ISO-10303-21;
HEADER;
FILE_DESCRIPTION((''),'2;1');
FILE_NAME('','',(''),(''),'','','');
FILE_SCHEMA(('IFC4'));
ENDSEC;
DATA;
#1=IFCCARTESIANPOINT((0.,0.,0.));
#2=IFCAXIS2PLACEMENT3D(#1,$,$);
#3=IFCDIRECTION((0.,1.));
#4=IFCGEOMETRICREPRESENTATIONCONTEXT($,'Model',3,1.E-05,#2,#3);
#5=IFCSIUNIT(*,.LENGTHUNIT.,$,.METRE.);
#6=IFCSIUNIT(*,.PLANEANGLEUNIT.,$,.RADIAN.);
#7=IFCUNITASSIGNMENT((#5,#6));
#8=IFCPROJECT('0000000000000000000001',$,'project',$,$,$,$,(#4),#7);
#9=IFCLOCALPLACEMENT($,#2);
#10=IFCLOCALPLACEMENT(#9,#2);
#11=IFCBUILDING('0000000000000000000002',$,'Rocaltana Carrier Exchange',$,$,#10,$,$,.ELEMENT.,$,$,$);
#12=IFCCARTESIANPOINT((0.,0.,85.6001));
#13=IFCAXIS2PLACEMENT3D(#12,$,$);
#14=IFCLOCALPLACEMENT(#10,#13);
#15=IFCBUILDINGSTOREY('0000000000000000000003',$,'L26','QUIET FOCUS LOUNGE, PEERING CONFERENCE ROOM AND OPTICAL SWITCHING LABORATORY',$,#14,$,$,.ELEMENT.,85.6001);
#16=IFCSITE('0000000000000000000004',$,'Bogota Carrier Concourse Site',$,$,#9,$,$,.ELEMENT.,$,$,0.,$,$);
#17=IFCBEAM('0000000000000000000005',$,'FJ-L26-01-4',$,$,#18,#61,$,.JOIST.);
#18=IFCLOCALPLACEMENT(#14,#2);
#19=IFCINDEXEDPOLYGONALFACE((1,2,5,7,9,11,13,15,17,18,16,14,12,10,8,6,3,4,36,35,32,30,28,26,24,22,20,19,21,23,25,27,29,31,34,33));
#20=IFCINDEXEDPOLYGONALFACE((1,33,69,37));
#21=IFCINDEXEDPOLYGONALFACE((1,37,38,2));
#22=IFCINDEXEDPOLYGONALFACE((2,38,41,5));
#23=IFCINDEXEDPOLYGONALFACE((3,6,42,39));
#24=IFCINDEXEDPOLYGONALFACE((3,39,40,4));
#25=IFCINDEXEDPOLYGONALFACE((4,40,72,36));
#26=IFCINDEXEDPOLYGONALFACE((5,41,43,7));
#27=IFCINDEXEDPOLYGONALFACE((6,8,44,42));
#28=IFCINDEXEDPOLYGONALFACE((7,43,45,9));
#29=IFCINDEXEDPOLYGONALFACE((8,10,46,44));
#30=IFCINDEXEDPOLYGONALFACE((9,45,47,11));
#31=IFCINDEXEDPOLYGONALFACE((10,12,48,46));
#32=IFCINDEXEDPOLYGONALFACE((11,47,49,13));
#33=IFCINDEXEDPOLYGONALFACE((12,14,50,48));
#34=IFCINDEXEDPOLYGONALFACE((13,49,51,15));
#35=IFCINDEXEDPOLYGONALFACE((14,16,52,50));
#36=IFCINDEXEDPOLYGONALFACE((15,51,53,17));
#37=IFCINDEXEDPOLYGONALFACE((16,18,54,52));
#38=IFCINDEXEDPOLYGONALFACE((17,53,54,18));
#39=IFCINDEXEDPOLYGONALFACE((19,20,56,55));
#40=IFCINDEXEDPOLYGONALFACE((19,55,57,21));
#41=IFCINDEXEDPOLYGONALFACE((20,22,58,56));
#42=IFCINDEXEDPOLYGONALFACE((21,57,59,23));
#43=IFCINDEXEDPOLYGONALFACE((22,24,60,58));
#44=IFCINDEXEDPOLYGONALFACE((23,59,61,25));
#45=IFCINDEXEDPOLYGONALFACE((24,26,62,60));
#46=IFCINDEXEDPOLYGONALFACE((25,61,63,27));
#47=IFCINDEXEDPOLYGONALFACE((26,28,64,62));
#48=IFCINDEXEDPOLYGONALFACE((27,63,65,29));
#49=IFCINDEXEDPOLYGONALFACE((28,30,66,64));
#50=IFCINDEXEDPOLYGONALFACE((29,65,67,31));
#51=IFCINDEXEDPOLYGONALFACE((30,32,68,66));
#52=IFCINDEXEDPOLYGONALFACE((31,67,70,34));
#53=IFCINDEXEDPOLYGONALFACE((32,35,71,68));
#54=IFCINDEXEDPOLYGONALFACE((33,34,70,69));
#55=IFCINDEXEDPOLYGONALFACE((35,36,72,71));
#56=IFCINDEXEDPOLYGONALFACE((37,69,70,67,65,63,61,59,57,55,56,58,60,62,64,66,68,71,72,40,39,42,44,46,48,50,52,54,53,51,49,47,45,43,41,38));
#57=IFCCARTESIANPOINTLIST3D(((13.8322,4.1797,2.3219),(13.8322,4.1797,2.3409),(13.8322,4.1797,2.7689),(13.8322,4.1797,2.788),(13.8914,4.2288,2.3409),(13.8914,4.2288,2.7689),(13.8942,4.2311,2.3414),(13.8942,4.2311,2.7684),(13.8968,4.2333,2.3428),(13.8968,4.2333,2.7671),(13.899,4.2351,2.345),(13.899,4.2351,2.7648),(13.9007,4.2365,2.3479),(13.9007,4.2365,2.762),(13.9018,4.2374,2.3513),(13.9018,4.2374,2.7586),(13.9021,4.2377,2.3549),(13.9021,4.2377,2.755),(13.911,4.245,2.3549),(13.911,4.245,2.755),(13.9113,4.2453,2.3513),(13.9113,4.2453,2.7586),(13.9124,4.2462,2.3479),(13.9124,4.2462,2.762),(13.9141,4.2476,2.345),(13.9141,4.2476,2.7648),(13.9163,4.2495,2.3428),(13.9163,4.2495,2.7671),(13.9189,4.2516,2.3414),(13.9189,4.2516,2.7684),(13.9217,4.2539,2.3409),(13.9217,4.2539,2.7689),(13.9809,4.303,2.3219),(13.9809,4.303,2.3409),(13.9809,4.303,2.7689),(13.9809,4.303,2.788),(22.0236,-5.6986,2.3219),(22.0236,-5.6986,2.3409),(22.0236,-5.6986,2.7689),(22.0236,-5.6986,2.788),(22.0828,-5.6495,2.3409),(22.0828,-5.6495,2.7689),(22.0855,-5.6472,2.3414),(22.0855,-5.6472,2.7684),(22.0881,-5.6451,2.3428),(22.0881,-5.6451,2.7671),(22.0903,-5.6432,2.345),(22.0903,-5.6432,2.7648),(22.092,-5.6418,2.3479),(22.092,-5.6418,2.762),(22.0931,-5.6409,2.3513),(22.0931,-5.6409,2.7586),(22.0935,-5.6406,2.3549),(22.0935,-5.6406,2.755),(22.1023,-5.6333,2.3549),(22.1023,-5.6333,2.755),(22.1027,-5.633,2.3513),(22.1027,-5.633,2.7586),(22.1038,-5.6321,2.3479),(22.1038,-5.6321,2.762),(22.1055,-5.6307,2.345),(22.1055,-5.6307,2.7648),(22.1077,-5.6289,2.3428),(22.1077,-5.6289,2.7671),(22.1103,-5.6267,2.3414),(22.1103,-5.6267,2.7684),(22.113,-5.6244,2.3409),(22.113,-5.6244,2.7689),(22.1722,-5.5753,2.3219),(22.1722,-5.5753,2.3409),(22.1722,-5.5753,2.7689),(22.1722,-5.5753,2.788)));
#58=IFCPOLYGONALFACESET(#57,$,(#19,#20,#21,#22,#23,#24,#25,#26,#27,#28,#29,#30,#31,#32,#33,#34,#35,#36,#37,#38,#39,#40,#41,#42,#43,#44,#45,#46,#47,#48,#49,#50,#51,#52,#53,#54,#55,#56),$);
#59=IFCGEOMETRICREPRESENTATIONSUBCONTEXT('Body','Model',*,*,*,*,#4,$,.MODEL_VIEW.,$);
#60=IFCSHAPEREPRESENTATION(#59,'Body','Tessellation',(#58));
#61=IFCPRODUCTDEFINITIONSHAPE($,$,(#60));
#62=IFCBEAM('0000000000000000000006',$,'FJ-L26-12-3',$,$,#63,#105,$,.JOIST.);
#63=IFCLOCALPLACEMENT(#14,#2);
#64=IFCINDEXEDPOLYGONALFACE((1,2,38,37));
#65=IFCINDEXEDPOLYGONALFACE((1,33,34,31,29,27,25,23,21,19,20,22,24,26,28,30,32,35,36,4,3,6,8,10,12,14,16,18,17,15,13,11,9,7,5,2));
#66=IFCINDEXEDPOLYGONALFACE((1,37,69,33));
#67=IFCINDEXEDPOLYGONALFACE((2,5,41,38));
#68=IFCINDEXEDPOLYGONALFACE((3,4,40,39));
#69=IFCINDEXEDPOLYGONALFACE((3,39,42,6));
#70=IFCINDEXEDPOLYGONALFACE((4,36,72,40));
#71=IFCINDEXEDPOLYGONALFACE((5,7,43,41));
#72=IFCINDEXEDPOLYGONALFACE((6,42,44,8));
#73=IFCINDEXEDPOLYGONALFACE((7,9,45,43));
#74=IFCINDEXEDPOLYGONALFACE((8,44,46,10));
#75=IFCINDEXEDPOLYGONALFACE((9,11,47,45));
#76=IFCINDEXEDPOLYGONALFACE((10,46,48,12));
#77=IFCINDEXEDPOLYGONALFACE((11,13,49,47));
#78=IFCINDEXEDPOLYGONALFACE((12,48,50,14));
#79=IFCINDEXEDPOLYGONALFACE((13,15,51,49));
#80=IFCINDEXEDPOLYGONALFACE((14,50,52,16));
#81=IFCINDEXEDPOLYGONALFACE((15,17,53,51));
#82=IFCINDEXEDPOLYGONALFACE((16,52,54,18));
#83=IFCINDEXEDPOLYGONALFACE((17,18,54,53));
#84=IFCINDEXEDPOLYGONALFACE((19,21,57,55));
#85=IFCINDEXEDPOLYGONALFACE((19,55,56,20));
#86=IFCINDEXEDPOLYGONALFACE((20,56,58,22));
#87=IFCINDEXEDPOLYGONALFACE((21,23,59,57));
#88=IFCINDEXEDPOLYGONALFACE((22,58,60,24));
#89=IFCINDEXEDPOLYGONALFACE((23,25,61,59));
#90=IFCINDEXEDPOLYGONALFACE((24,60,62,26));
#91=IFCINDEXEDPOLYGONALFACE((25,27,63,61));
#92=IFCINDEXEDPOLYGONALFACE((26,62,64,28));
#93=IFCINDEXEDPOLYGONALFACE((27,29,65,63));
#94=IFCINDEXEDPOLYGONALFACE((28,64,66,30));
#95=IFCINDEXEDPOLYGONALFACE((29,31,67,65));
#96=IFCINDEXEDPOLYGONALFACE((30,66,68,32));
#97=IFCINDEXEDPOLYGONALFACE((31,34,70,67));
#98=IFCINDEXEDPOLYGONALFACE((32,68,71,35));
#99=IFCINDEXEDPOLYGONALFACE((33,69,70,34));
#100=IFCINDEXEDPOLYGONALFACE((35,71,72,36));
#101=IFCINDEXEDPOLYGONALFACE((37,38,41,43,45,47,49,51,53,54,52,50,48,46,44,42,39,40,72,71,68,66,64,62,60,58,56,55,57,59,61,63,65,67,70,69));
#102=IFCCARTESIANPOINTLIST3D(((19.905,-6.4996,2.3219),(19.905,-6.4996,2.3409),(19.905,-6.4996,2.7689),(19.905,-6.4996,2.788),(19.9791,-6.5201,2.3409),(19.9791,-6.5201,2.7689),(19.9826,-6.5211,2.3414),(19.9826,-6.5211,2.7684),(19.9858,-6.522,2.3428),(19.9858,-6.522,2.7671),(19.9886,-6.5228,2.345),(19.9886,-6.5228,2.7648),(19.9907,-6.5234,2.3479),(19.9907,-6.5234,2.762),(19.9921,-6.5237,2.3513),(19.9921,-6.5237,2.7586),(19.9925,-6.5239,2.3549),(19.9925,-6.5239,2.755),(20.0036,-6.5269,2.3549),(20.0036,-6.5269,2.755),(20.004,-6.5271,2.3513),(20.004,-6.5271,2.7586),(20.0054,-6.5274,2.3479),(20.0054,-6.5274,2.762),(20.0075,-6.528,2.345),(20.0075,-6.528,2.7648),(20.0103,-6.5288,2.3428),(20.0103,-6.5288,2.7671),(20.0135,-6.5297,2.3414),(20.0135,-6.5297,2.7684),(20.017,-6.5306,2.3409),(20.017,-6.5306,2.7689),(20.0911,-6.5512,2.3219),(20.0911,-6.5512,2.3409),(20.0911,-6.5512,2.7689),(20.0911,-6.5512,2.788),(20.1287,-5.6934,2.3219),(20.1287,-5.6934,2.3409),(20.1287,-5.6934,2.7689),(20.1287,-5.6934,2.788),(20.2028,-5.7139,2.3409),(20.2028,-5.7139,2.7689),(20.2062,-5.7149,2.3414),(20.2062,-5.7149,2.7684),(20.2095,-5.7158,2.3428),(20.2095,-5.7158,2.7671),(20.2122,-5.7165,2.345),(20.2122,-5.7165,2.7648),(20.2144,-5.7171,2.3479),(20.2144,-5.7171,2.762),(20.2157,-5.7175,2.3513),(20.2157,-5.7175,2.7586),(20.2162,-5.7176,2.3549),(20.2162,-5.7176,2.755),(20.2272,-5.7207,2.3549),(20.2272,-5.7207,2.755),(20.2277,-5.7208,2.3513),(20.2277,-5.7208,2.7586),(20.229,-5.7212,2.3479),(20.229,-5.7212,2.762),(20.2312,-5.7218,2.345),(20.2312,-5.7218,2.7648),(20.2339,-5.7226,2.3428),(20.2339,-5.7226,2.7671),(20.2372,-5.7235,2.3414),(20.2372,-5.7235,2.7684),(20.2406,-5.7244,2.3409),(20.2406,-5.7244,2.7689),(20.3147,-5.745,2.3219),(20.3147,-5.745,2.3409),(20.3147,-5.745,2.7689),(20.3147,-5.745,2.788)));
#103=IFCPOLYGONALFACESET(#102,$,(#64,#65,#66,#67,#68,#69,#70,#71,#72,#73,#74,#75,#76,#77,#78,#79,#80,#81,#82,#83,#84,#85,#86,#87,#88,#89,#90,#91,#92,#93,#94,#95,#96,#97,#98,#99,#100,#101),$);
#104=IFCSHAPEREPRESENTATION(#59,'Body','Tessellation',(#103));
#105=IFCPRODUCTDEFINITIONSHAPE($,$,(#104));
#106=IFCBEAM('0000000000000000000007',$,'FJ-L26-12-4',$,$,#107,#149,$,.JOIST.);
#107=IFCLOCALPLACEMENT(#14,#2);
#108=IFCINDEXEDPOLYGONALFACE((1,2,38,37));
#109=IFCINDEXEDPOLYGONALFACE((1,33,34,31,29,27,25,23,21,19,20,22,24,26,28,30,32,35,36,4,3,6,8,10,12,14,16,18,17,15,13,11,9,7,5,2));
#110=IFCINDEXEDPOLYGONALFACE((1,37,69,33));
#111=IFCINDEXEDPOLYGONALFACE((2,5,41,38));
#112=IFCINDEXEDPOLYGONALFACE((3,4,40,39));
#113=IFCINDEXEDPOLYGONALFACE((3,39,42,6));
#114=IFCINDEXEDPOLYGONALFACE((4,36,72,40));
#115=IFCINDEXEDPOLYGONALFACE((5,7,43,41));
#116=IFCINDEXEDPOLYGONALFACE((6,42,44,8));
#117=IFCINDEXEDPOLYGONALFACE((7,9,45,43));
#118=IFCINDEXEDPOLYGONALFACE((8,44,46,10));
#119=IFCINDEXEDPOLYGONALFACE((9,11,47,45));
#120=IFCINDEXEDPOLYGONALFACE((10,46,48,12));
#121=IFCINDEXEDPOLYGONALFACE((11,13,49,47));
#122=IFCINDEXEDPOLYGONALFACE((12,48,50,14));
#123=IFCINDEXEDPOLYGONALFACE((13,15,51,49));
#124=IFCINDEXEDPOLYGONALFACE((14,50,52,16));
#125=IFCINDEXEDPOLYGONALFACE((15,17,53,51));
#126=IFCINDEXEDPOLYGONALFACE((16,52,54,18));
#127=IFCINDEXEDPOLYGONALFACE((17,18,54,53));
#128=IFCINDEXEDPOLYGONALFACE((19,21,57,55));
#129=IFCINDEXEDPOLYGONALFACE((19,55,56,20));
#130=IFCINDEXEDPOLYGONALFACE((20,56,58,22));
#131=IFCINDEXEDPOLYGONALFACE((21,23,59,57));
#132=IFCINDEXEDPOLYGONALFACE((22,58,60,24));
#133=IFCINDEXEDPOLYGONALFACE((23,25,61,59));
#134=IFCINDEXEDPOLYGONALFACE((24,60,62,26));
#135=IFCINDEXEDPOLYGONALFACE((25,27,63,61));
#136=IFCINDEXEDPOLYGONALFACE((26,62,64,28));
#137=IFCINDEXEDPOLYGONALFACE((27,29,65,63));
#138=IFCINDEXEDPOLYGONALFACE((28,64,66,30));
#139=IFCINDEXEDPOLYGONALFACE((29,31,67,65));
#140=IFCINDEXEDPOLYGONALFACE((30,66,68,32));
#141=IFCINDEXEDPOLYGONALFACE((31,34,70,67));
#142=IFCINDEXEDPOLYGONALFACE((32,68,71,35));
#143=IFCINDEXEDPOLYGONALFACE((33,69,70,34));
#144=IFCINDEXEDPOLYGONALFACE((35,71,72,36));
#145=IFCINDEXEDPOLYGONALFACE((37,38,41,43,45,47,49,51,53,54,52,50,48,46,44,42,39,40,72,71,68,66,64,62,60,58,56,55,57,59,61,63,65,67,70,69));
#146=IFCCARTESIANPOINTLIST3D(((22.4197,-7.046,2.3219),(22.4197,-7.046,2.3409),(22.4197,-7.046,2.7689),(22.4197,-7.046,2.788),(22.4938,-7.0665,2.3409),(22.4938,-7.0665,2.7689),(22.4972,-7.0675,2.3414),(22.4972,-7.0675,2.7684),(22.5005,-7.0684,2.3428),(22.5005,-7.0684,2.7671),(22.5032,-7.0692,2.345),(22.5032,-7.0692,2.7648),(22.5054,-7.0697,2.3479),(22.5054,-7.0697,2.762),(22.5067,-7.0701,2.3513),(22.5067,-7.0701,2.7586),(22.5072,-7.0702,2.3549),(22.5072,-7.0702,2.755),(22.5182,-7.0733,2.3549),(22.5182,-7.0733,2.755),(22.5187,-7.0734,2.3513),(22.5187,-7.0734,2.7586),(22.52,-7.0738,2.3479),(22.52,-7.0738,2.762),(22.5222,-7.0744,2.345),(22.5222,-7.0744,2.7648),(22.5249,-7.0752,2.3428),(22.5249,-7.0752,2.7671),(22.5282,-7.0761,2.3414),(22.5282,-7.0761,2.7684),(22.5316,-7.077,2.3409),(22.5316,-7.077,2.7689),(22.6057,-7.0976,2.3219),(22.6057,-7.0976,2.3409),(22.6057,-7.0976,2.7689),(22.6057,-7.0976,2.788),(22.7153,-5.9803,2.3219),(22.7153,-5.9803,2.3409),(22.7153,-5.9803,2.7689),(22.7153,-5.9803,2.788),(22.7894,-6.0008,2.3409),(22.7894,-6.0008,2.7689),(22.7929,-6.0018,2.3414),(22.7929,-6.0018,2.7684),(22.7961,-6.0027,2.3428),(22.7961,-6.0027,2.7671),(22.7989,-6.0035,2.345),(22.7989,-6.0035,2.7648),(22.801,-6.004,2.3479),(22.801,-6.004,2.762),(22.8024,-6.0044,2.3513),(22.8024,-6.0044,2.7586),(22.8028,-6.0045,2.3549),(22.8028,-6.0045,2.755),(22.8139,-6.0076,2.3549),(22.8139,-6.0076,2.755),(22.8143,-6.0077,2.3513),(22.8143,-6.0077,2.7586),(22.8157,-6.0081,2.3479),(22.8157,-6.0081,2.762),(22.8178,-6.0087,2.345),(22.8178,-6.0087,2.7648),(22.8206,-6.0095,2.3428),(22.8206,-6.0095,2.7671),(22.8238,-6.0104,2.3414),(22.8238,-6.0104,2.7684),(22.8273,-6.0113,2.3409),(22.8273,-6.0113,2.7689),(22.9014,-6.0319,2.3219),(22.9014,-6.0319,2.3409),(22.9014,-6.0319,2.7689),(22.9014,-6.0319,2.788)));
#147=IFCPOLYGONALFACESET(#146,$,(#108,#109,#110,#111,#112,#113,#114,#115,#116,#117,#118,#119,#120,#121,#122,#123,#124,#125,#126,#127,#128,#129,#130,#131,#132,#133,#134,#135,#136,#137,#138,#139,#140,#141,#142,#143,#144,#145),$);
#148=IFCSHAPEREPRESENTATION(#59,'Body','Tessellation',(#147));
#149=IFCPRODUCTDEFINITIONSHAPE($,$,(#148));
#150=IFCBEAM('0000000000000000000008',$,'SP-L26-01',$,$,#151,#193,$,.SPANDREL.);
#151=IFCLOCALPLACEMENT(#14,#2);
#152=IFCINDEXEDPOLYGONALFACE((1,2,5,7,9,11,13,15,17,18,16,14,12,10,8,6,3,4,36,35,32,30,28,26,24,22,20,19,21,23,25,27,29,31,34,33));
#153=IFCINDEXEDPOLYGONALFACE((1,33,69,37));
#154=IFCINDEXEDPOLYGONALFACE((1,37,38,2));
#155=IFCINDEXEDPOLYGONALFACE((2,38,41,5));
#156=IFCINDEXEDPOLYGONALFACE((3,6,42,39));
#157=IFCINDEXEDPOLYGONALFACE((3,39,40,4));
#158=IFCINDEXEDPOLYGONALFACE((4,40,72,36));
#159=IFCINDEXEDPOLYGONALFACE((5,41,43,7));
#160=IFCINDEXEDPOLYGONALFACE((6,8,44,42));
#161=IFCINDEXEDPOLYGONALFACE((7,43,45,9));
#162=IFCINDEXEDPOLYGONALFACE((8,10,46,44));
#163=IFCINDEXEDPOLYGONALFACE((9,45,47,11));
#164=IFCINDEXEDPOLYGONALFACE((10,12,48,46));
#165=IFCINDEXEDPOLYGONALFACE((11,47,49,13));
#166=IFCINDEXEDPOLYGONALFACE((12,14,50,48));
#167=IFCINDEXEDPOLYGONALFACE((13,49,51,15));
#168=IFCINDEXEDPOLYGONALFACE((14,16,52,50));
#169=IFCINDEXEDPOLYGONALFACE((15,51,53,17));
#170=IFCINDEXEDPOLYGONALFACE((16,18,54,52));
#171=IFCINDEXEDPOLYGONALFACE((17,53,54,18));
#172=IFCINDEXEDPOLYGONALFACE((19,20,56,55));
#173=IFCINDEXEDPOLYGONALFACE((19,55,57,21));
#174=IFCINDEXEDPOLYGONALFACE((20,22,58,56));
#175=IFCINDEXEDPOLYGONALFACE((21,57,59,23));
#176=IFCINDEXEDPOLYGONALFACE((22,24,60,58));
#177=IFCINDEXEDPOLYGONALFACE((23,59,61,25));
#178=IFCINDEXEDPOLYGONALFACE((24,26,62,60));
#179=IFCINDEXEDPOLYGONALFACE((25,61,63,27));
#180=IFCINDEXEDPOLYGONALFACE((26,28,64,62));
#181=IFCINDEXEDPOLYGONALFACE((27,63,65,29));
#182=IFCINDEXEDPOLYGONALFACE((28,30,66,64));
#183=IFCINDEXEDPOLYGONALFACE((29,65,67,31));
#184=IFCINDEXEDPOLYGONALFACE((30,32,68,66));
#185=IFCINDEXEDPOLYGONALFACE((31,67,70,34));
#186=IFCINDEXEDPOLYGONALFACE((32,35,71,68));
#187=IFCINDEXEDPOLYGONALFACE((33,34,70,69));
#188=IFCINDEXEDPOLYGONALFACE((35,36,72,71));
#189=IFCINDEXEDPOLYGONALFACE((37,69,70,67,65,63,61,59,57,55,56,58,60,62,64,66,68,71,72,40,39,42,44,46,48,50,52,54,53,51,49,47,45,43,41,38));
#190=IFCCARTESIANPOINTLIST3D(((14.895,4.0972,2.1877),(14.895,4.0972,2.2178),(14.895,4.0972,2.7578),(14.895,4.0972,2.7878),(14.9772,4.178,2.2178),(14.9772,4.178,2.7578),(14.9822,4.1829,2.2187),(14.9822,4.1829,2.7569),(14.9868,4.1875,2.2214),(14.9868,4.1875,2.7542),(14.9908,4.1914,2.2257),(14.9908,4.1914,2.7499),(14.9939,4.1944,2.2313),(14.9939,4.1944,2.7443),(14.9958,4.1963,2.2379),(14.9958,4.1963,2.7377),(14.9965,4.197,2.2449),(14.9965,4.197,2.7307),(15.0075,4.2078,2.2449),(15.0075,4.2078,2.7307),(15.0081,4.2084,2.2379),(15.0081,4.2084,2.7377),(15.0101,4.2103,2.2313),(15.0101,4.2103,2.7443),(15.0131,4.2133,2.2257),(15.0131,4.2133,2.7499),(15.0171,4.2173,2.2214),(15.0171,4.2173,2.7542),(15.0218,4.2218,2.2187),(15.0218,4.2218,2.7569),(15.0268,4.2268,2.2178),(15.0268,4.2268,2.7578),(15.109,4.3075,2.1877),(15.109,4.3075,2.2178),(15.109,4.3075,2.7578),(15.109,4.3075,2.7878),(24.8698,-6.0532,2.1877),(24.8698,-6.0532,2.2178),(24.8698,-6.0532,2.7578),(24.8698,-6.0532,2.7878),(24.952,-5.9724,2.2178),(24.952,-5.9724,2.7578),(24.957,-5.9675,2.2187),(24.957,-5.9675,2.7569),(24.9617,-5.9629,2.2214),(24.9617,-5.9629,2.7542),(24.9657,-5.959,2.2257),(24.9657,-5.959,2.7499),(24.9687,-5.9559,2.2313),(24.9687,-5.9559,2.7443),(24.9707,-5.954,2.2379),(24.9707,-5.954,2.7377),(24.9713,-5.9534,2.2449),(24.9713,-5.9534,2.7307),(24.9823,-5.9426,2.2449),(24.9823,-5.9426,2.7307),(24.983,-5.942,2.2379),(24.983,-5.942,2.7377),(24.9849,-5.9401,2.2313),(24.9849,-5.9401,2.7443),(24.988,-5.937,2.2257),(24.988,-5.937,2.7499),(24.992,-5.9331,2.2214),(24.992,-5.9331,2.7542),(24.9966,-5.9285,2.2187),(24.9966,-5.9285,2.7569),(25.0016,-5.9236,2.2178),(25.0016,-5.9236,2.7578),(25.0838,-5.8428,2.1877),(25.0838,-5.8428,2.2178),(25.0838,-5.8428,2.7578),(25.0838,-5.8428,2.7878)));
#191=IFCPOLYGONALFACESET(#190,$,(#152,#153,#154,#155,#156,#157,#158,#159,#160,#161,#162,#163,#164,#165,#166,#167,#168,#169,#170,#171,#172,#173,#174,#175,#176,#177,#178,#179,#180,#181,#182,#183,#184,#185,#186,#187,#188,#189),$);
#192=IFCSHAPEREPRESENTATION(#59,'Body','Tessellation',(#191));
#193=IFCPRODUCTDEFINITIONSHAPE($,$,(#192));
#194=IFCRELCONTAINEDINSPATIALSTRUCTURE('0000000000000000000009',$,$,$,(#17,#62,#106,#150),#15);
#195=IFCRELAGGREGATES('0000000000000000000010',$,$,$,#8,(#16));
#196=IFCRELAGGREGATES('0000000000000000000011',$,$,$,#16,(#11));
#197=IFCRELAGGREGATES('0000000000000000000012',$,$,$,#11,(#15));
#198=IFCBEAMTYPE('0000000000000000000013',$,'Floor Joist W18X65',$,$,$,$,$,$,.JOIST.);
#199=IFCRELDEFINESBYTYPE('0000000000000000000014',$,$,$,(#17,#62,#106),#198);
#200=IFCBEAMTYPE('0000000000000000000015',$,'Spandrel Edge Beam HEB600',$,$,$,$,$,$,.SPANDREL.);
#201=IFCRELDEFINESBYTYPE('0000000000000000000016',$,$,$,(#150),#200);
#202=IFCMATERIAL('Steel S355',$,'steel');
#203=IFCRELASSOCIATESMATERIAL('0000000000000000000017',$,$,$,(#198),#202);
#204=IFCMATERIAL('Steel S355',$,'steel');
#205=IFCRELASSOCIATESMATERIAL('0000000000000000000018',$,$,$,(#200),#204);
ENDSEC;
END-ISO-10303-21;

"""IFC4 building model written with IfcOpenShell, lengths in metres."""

from ifc_helpers import new_model, si_unit, direction, frame, origin, origin_2d, place, context, subcontext, project, spatial, i_section, extrude, material, material_profile, profile_set, type_object, element, save


model = new_model("IFC4")

# Units and contexts
model_context = context("Model", 3, precision=1e-05, world=origin(), true_north=direction((0.0, 1.0)))
body_context = subcontext(model_context, "Body", "Model", "MODEL_VIEW")
ifc_project = project(units=[si_unit("LENGTHUNIT", "METRE"), si_unit("PLANEANGLEUNIT", "RADIAN")], contexts=[model_context])

# Site, building, storey
site_placement = place(None, origin())
site = spatial("IfcSite", under=ifc_project, at=site_placement, Name="Bogota Carrier Concourse Site", CompositionType="ELEMENT", RefElevation=0.0)
building_placement = place(site_placement, origin())
building = spatial("IfcBuilding", under=site, at=building_placement, Name="Rocaltana Carrier Exchange", CompositionType="ELEMENT")
storey_placement = place(building_placement, frame((0.0, 0.0, 85.6001)))
storey = spatial("IfcBuildingStorey", under=building, at=storey_placement, Name="L26", Description="QUIET FOCUS LOUNGE, PEERING CONFERENCE ROOM AND OPTICAL SWITCHING LABORATORY", CompositionType="ELEMENT", Elevation=85.6001)

# Beams
ifc_material_1 = material(Name="Steel S355", Category="steel")
ifc_material_profile_1 = material_profile(ifc_material_1, i_section(OverallWidth=0.1931, OverallDepth=0.4661, WebThickness=0.0115, FlangeThickness=0.019, FilletRadius=0.0139, at=origin_2d()), Name="W18X65")
ifc_profile_set_1 = profile_set([ifc_material_profile_1], Name="Steel S355")
beam_type_1 = type_object("IfcBeamType", Name="Floor Joist W18X65", PredefinedType="JOIST", material=ifc_profile_set_1)
beam_1_placement = place(storey_placement, frame((22.0979, -5.637, 2.5549), z_axis=(-0.638315, 0.769775, 0.0), x_axis=(-0.769775, -0.638315, 0.0)))
element("IfcBeam", 1, at=beam_1_placement, inside=storey, type_object=beam_type_1, Name="FJ-L26-01-4", PredefinedType="JOIST", context=body_context, shape_type="SweptSolid", body=[
    extrude(i_section(OverallWidth=0.1931, OverallDepth=0.4661, WebThickness=0.0115, FlangeThickness=0.019, FilletRadius=0.0139, at=origin_2d()), origin(), (0.0, 0.0, 1.0), 12.8328),
])
beam_2_placement = place(storey_placement, frame((19.998, -6.5254, 2.5549), z_axis=(0.267313, 0.96361, 0.0), x_axis=(-0.96361, 0.267313, 0.0)))
element("IfcBeam", 2, at=beam_2_placement, inside=storey, type_object=beam_type_1, Name="FJ-L26-12-3", PredefinedType="JOIST", context=body_context, shape_type="SweptSolid", body=[
    extrude(i_section(OverallWidth=0.1931, OverallDepth=0.4661, WebThickness=0.0115, FlangeThickness=0.019, FilletRadius=0.0139, at=origin_2d()), origin(), (0.0, 0.0, 1.0), 0.8367),
])
beam_3_placement = place(storey_placement, frame((22.5127, -7.0718, 2.5549), z_axis=(0.267336, 0.963603, 0.0), x_axis=(-0.963603, 0.267336, 0.0)))
element("IfcBeam", 3, at=beam_3_placement, inside=storey, type_object=beam_type_1, Name="FJ-L26-12-4", PredefinedType="JOIST", context=body_context, shape_type="SweptSolid", body=[
    extrude(i_section(OverallWidth=0.1931, OverallDepth=0.4661, WebThickness=0.0115, FlangeThickness=0.019, FilletRadius=0.0139, at=origin_2d()), origin(), (0.0, 0.0, 1.0), 1.106),
])
ifc_material_2 = material(Name="Steel S355", Category="steel")
ifc_material_profile_2 = material_profile(ifc_material_2, i_section(OverallWidth=0.3, OverallDepth=0.6001, WebThickness=0.0154, FlangeThickness=0.03, FilletRadius=0.0271, at=origin_2d()), Name="HEB600")
ifc_profile_set_2 = profile_set([ifc_material_profile_2], Name="Steel S355")
beam_type_2 = type_object("IfcBeamType", Name="Spandrel Edge Beam HEB600", PredefinedType="SPANDREL", material=ifc_profile_set_2)
beam_4_placement = place(storey_placement, frame((24.9768, -5.948, 2.4878), z_axis=(-0.700913, 0.713247, 0.0), x_axis=(-0.713247, -0.700913, 0.0)))
element("IfcBeam", 4, at=beam_4_placement, inside=storey, type_object=beam_type_2, Name="SP-L26-01", PredefinedType="SPANDREL", context=body_context, shape_type="SweptSolid", body=[
    extrude(i_section(OverallWidth=0.3, OverallDepth=0.6001, WebThickness=0.0154, FlangeThickness=0.03, FilletRadius=0.0271, at=origin_2d()), origin(), (0.0, 0.0, 1.0), 14.2312),
])

save(model, "model.ifc")
